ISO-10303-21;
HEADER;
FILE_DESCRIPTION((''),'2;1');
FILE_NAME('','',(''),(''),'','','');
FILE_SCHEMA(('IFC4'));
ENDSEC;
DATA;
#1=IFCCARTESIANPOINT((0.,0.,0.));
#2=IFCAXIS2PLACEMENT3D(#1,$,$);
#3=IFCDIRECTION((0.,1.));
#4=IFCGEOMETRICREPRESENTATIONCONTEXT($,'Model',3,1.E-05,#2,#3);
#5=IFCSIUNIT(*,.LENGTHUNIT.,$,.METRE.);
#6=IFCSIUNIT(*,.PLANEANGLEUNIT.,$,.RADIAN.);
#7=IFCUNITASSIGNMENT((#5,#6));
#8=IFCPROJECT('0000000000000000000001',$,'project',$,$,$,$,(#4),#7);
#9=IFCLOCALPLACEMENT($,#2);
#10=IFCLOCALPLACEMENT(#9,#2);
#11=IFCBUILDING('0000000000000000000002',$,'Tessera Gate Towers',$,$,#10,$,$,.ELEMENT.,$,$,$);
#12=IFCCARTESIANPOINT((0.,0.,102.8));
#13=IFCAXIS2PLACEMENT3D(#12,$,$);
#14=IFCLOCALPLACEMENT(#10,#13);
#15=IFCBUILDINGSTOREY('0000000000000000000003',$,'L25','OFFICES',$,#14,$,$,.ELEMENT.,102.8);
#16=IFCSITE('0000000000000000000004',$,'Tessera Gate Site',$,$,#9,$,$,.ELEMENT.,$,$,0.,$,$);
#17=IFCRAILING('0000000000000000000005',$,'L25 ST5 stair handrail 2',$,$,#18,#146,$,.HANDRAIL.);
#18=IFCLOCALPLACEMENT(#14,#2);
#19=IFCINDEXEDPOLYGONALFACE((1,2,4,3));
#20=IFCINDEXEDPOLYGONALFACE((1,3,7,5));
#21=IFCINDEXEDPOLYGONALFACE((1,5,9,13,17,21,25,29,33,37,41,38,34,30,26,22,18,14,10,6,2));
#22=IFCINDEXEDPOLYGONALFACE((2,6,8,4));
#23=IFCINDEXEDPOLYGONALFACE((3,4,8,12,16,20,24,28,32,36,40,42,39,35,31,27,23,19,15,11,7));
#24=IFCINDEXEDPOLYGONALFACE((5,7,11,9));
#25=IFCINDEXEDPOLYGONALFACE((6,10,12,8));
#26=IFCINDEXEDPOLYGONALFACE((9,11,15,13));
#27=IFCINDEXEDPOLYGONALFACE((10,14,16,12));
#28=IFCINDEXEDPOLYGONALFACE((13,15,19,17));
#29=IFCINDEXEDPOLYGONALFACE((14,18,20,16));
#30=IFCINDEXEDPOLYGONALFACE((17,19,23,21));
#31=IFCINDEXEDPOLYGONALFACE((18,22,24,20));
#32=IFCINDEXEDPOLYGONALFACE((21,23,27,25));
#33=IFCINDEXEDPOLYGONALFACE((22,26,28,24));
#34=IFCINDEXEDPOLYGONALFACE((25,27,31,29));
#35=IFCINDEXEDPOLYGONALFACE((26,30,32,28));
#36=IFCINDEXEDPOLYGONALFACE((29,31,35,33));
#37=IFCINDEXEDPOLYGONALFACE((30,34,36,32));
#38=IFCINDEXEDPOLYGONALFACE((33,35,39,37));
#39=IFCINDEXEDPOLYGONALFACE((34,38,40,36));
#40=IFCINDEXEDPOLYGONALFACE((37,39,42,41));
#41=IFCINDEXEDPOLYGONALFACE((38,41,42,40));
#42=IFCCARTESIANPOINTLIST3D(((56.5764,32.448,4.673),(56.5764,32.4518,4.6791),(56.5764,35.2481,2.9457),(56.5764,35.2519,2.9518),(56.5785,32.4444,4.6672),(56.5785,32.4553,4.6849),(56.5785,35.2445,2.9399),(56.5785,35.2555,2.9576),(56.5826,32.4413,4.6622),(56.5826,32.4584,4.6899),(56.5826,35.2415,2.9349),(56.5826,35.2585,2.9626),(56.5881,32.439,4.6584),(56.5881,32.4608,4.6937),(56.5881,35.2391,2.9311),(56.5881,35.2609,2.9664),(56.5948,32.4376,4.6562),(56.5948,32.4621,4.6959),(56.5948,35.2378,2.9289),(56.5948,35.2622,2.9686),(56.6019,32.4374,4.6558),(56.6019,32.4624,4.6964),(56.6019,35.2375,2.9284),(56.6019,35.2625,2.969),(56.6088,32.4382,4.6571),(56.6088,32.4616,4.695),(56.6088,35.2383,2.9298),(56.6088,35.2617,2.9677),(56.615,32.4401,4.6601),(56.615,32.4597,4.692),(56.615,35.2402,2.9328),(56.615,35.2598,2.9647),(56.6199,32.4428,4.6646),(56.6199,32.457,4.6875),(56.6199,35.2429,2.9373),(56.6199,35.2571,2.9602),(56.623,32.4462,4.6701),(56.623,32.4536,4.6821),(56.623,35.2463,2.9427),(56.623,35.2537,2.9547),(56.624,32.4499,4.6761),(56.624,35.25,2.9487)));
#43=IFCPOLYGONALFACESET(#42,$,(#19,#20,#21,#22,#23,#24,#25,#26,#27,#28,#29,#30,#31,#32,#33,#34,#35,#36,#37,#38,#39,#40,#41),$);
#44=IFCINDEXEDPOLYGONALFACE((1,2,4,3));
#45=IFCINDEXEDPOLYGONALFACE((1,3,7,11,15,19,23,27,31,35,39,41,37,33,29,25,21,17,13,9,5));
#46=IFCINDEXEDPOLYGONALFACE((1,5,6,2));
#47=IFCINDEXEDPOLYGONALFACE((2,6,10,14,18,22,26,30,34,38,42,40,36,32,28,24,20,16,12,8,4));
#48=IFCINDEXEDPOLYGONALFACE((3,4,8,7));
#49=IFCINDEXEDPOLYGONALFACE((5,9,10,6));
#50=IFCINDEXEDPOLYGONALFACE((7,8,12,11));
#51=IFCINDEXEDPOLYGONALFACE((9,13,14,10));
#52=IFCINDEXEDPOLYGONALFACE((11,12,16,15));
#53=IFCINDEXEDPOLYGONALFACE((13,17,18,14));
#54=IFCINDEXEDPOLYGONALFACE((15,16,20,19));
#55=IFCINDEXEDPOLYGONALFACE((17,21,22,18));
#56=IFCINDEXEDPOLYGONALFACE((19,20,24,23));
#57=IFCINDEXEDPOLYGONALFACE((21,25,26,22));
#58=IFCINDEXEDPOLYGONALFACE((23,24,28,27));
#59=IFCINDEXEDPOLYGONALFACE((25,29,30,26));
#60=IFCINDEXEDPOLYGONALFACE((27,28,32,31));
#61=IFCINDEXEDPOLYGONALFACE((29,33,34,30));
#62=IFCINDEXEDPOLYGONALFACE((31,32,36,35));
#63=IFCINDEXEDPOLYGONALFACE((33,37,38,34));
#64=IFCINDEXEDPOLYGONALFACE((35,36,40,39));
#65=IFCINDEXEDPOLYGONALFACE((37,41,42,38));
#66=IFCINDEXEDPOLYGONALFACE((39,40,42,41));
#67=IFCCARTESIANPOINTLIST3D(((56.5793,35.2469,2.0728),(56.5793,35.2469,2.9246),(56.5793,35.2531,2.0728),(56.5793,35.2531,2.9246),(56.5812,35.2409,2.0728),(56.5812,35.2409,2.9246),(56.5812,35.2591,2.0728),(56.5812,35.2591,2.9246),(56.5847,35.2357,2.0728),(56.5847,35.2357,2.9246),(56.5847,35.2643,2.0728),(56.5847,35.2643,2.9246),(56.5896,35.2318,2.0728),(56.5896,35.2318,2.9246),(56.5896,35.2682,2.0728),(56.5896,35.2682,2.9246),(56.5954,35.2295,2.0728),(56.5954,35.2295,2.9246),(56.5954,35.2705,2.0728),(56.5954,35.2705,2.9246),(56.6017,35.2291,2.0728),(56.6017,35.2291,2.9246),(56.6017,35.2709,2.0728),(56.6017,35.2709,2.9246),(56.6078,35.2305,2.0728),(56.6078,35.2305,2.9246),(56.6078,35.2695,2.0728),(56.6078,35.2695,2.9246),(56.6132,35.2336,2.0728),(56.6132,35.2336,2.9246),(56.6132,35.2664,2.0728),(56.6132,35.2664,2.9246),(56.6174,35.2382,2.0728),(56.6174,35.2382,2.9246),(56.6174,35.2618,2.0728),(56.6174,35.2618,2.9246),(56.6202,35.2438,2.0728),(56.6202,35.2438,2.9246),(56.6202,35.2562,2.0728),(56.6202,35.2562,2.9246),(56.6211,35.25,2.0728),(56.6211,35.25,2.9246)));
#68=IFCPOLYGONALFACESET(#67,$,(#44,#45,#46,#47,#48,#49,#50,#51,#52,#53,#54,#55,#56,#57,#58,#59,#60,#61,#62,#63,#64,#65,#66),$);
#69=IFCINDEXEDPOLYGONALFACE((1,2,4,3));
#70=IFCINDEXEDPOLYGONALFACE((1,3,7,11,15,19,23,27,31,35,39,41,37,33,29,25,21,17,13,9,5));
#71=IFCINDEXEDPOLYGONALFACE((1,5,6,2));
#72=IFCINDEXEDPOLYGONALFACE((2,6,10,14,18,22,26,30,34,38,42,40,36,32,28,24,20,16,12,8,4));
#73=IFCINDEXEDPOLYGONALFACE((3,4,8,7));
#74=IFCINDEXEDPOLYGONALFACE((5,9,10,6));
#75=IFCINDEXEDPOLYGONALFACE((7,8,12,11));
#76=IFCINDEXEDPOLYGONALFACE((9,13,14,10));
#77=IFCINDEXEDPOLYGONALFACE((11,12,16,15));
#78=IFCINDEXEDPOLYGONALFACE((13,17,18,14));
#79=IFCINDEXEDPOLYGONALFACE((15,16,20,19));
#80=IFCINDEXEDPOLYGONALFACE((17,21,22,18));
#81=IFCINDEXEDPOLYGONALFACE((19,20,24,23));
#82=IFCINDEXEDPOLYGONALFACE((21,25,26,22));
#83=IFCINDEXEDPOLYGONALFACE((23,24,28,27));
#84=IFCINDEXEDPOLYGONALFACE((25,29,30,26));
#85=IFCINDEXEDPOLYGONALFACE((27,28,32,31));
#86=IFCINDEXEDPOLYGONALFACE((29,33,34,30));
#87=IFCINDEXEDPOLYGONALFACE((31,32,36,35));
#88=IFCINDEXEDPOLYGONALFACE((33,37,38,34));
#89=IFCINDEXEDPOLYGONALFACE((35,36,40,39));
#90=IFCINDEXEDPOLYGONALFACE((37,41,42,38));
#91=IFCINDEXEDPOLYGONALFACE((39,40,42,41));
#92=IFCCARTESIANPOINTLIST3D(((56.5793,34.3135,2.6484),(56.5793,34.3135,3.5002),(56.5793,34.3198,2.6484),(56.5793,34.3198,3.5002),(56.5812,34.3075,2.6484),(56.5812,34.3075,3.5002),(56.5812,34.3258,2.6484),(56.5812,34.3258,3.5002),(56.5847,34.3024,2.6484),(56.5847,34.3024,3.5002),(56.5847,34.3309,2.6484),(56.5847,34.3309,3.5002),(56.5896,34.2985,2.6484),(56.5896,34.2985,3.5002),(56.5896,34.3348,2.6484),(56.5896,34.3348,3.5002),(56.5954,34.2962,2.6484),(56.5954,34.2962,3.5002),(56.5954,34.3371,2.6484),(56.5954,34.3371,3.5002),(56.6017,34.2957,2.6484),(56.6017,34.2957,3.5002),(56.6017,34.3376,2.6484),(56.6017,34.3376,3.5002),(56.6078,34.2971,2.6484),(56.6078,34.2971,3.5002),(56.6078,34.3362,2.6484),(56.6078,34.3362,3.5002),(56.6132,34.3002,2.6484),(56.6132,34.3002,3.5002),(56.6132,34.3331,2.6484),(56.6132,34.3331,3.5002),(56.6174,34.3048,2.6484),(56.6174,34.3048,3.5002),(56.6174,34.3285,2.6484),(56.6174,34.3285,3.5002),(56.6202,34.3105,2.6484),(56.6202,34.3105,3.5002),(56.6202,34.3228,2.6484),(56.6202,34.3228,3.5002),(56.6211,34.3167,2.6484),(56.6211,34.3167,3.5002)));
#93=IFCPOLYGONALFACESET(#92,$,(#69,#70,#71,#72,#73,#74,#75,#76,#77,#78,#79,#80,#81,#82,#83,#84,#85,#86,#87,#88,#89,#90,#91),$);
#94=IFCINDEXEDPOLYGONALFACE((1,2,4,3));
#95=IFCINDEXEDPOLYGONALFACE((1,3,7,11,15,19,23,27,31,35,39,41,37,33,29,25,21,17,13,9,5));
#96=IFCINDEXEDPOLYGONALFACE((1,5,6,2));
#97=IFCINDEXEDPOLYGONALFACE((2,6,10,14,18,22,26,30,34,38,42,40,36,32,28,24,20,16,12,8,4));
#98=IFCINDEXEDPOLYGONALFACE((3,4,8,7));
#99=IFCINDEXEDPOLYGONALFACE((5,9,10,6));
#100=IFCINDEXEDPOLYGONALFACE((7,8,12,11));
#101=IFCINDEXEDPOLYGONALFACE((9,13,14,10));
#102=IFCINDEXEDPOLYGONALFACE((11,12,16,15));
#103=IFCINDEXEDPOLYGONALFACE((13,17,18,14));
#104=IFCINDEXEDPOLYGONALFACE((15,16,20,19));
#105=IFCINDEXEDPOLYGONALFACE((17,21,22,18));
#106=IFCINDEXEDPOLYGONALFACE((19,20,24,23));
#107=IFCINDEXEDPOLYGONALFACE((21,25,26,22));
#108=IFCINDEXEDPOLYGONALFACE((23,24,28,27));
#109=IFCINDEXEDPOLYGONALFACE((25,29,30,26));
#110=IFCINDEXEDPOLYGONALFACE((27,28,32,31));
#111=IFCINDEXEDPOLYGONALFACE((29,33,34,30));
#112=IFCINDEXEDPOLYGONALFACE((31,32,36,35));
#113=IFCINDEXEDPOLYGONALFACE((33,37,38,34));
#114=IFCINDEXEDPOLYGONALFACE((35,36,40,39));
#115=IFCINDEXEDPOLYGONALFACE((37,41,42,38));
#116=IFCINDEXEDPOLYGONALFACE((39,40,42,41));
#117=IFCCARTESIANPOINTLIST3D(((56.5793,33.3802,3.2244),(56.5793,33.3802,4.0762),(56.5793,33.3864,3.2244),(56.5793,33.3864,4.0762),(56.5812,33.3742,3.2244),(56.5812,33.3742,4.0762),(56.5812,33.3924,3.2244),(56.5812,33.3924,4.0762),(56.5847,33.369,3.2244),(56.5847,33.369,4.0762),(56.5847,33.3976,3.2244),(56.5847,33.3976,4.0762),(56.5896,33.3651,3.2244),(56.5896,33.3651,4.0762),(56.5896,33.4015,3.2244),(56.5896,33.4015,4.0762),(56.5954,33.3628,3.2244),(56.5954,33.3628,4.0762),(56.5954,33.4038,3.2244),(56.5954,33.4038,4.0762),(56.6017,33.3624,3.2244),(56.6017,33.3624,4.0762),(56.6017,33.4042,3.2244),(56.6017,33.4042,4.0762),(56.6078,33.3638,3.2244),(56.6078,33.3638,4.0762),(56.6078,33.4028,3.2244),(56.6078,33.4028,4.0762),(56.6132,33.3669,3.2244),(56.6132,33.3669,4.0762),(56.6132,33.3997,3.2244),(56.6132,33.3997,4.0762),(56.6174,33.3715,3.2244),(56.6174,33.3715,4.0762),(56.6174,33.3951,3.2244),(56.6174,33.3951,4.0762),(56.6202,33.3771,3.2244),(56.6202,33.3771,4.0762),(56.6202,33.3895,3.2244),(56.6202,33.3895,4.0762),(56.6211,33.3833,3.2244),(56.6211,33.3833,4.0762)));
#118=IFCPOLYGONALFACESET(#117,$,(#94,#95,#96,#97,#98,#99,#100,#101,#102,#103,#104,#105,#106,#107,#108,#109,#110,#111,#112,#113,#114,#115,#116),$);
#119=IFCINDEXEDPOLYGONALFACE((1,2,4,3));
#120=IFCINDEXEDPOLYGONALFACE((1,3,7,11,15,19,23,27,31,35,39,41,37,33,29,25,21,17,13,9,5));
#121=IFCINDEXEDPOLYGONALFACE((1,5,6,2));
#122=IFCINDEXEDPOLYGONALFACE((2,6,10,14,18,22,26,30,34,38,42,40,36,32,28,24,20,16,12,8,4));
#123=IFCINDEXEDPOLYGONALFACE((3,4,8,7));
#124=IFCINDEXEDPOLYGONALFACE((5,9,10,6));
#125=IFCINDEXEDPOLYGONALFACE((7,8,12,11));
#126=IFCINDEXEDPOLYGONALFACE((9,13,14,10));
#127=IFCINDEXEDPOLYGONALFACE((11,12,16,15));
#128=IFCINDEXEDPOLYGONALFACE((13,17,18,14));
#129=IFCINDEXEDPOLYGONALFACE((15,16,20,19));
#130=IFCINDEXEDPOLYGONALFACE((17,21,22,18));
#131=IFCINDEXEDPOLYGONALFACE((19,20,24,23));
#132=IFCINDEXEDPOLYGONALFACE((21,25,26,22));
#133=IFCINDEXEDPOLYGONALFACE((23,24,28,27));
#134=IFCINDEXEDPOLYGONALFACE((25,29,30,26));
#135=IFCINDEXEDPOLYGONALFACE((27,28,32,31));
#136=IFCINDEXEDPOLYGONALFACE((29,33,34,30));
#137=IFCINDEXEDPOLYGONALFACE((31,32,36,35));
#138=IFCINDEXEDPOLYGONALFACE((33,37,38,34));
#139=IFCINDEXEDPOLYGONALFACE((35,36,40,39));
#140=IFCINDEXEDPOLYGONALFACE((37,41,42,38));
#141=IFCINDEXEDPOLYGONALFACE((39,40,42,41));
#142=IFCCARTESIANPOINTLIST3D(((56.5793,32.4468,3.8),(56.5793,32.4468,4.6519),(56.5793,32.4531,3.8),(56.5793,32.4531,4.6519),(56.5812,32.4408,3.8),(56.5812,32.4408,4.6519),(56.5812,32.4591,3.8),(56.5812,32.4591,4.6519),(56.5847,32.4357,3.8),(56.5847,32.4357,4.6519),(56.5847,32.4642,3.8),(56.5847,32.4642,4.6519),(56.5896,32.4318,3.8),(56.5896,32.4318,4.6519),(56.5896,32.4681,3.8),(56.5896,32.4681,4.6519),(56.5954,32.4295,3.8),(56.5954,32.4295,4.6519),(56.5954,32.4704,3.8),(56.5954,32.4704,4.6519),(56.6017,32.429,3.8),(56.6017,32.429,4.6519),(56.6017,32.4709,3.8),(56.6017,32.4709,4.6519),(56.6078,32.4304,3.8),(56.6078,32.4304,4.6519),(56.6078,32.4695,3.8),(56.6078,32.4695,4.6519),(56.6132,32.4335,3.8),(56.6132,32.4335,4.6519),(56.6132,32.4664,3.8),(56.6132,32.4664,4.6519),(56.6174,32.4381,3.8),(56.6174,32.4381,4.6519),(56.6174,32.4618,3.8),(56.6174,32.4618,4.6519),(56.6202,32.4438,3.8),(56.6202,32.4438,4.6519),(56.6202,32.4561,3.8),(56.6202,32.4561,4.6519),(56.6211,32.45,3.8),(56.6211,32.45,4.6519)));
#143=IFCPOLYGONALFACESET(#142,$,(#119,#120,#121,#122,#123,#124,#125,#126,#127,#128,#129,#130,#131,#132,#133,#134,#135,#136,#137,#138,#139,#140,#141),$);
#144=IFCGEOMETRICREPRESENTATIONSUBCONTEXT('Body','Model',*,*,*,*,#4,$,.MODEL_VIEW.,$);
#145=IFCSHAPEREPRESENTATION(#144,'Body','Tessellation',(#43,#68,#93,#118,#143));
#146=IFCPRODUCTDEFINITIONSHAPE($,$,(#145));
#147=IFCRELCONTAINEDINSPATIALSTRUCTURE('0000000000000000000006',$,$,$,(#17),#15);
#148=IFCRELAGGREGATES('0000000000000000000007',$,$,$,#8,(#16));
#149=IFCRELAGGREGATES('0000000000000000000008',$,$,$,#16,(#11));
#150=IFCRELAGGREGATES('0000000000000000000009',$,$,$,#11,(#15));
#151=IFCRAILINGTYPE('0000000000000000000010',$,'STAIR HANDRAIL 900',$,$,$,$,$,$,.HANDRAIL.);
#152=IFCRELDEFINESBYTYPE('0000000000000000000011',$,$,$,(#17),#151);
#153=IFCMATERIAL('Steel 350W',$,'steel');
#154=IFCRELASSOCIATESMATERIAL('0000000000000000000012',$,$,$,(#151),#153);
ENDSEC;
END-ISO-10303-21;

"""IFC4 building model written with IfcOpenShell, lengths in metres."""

from ifc_helpers import new_model, si_unit, direction, frame, origin, origin_2d, place, context, subcontext, project, spatial, circle, extrude, material, type_object, element, save


model = new_model("IFC4")

# Units and contexts
model_context = context("Model", 3, precision=1e-05, world=origin(), true_north=direction((0.0, 1.0)))
body_context = subcontext(model_context, "Body", "Model", "MODEL_VIEW")
ifc_project = project(units=[si_unit("LENGTHUNIT", "METRE"), si_unit("PLANEANGLEUNIT", "RADIAN")], contexts=[model_context])

# Site, building, storey
site_placement = place(None, origin())
site = spatial("IfcSite", under=ifc_project, at=site_placement, Name="Tessera Gate Site", CompositionType="ELEMENT", RefElevation=0.0)
building_placement = place(site_placement, origin())
building = spatial("IfcBuilding", under=site, at=building_placement, Name="Tessera Gate Towers", CompositionType="ELEMENT")
storey_placement = place(building_placement, frame((0.0, 0.0, 102.8)))
storey = spatial("IfcBuildingStorey", under=building, at=storey_placement, Name="L25", Description="OFFICES", CompositionType="ELEMENT", Elevation=102.8)

# Railing
ifc_material_1 = material(Name="Steel 350W", Category="steel")
railing_type_1 = type_object("IfcRailingType", Name="STAIR HANDRAIL 900", PredefinedType="HANDRAIL", material=ifc_material_1)
railing_1_placement = place(storey_placement, frame((56.6001, 35.25, 2.0728)))
element("IfcRailing", 1, at=railing_1_placement, inside=storey, type_object=railing_type_1, Name="L25 ST5 stair handrail 2", PredefinedType="HANDRAIL", context=body_context, shape_type="SweptSolid", body=[
    extrude(circle(Radius=0.0239, at=origin_2d()), frame((0.0, 0.0, 0.876), z_axis=(0.0, -0.85109, 0.52502), x_axis=(1.0, 0.0, 0.0)), (0.0, 0.0, 1.0), 3.29),
    extrude(circle(Radius=0.021, at=origin_2d()), origin(), (0.0, 0.0, 1.0), 0.8518),
    extrude(circle(Radius=0.021, at=origin_2d()), frame((0.0, -0.9333, 0.5757)), (0.0, 0.0, 1.0), 0.8518),
    extrude(circle(Radius=0.021, at=origin_2d()), frame((0.0, -1.8667, 1.1516)), (0.0, 0.0, 1.0), 0.8518),
    extrude(circle(Radius=0.021, at=origin_2d()), frame((0.0, -2.8, 1.7273)), (0.0, 0.0, 1.0), 0.8518),
])

save(model, "model.ifc")
